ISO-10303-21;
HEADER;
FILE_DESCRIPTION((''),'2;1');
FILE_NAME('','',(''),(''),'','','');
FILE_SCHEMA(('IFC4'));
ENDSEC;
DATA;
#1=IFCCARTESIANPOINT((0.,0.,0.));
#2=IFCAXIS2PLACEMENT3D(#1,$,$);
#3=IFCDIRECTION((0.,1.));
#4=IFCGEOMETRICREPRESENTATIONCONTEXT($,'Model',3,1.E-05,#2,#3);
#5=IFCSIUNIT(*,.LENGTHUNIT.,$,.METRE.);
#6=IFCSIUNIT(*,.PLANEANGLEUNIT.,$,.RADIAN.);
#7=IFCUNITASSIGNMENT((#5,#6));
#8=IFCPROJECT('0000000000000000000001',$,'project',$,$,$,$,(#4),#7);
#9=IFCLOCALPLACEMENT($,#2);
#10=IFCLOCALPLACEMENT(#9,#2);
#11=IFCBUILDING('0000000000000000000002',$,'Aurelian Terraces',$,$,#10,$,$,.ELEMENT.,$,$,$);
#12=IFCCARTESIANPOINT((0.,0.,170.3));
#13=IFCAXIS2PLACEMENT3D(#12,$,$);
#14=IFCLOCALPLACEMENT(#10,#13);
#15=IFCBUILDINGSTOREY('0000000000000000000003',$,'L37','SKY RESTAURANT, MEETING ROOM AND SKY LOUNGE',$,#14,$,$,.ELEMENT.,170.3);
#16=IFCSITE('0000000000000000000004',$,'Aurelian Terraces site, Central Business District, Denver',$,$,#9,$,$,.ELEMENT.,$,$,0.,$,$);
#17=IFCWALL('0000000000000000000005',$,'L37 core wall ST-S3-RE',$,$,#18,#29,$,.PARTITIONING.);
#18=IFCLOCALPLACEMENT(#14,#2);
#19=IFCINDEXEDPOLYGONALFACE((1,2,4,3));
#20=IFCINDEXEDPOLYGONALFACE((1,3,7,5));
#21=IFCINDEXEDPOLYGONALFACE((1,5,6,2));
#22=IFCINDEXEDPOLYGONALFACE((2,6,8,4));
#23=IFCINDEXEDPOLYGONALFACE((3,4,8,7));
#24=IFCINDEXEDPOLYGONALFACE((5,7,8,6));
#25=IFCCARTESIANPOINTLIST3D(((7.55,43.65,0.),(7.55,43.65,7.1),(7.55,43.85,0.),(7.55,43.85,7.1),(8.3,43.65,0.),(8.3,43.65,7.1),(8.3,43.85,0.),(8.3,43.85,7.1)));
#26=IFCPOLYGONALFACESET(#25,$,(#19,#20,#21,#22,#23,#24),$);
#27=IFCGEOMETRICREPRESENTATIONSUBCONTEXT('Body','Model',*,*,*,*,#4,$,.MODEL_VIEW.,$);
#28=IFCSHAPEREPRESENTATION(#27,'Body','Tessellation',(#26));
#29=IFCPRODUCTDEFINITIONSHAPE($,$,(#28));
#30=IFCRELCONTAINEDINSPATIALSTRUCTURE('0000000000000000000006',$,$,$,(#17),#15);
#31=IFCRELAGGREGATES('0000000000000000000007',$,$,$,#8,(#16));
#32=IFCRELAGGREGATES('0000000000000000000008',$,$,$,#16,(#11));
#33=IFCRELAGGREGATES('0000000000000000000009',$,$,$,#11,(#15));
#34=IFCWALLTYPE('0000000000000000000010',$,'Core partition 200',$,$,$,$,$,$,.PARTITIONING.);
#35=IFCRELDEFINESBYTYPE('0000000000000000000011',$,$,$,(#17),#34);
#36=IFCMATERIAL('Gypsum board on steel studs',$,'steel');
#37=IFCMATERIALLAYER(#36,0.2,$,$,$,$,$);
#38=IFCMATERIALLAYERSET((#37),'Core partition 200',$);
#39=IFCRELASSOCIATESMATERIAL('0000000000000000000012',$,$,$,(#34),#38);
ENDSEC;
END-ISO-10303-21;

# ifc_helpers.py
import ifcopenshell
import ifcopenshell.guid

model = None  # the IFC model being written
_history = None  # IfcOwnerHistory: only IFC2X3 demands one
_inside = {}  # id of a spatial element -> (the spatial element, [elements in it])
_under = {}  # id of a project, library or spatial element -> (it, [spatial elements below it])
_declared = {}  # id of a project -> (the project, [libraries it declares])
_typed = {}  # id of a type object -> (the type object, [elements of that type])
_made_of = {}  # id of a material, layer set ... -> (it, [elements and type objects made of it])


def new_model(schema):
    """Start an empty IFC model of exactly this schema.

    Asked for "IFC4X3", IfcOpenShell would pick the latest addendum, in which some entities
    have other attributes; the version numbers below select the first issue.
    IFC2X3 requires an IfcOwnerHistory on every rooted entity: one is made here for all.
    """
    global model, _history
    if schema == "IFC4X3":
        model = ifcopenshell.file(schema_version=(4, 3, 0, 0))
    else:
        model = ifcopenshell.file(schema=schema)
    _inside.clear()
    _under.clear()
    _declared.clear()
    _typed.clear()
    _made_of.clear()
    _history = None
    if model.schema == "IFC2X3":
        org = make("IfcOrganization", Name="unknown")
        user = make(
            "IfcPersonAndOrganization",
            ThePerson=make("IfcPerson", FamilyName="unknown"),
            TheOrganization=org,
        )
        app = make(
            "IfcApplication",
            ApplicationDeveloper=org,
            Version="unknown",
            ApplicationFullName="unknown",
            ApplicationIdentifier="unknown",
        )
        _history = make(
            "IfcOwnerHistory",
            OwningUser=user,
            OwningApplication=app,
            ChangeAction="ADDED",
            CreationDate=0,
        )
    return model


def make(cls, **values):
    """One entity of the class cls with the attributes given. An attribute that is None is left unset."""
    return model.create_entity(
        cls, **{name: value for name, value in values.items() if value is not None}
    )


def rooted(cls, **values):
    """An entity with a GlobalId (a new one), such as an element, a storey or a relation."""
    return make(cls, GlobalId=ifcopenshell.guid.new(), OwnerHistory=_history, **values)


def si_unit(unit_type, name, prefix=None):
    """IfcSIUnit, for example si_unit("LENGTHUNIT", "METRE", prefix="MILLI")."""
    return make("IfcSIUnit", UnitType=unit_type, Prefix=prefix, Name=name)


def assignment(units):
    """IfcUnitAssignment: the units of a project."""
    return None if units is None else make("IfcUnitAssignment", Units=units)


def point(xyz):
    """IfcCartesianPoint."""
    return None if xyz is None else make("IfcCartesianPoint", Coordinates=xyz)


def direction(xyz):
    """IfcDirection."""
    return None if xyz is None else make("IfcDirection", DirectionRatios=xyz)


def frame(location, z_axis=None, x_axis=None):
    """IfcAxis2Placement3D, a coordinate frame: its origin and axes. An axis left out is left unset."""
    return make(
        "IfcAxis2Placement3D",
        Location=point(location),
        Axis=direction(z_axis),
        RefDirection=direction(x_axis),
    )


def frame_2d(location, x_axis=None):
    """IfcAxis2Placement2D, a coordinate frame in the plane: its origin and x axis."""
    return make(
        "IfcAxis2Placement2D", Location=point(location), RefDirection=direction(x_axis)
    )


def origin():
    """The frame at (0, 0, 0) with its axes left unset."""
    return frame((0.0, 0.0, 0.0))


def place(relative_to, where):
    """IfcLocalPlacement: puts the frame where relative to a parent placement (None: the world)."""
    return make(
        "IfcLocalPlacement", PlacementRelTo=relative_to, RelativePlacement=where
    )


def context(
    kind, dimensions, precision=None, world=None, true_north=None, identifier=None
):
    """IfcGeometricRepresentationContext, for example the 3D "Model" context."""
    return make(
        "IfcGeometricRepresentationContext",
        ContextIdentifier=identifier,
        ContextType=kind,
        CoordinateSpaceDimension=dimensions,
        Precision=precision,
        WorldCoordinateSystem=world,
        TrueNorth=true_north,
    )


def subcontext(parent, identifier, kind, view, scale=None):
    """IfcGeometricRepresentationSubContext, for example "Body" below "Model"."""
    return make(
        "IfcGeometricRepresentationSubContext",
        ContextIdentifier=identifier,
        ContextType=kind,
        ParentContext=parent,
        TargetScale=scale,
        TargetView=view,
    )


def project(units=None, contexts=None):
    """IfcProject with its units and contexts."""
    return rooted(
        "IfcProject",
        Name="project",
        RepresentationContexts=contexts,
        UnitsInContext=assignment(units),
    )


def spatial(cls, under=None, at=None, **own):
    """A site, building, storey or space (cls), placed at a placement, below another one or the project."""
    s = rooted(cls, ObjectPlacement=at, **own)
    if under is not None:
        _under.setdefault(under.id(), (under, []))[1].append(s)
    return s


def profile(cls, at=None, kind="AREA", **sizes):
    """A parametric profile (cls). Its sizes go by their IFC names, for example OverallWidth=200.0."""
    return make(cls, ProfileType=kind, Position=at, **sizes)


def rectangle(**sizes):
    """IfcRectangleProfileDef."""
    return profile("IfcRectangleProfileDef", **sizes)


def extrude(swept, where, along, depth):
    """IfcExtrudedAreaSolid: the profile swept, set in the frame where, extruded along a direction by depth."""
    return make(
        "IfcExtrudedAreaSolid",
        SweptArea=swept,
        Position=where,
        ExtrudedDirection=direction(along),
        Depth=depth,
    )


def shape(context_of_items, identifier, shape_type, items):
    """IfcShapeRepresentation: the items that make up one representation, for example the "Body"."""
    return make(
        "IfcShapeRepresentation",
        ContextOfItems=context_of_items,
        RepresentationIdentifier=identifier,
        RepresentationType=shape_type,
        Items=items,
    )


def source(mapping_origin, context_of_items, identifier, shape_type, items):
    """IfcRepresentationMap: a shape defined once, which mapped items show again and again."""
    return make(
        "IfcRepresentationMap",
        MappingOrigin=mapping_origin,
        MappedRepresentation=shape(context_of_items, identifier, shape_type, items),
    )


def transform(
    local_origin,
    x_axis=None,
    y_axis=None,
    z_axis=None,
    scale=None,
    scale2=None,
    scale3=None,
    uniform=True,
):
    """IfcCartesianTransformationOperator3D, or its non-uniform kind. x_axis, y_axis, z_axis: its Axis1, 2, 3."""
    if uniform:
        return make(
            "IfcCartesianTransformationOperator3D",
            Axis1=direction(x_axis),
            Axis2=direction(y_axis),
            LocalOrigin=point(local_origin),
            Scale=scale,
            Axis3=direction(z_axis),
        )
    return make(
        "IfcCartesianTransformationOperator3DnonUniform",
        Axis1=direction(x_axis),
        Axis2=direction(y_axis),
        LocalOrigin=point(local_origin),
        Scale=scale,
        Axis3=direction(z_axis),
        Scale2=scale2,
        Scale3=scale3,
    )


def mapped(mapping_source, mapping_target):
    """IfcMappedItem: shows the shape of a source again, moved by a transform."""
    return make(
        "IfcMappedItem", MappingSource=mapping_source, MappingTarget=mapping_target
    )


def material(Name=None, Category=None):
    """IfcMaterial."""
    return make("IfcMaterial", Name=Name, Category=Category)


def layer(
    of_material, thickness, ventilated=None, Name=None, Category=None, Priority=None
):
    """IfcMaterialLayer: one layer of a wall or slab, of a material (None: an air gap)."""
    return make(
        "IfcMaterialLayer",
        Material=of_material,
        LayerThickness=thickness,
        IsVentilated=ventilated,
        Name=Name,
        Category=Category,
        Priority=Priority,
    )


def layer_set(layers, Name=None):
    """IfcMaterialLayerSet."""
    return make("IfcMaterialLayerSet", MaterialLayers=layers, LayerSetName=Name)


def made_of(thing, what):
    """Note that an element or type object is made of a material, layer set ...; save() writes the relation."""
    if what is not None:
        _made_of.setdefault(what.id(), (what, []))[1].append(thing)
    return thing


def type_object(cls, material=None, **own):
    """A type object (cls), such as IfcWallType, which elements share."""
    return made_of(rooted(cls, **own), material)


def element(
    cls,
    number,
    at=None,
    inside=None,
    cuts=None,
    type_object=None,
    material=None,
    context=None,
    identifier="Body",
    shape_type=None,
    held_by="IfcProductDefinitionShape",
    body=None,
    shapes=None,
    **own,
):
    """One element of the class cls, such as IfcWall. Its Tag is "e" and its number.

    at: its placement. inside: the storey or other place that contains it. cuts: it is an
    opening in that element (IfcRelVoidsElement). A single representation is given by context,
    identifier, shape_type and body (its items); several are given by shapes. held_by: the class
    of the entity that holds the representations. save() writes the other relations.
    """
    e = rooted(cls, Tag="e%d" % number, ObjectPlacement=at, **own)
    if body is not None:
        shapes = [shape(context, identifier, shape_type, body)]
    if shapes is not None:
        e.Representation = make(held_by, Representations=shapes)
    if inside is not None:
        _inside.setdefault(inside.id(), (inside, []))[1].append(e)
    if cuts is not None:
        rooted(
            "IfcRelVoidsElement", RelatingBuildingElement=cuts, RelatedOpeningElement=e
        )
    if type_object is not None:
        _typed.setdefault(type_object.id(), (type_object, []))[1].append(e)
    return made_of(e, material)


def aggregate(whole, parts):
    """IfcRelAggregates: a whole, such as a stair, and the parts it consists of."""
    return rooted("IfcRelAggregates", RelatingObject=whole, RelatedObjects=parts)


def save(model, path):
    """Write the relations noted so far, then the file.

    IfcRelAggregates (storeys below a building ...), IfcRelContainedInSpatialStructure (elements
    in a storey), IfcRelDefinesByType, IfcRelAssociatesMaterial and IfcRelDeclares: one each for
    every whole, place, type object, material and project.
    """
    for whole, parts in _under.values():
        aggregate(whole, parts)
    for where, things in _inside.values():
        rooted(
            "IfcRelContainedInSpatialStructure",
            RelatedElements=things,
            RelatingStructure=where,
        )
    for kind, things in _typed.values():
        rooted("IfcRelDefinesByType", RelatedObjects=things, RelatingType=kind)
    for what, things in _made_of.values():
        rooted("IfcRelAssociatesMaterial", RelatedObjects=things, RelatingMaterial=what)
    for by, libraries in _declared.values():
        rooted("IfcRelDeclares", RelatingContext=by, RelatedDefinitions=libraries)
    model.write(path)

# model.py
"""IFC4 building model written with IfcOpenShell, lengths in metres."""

from ifc_helpers import new_model, si_unit, direction, frame, frame_2d, origin, place, context, subcontext, project, spatial, rectangle, extrude, source, transform, mapped, material, layer, layer_set, type_object, element, save


model = new_model("IFC4")

# Units and contexts
model_context = context("Model", 3, precision=1e-05, world=origin(), true_north=direction((0.0, 1.0)))
body_context = subcontext(model_context, "Body", "Model", "MODEL_VIEW")
ifc_project = project(units=[si_unit("LENGTHUNIT", "METRE"), si_unit("PLANEANGLEUNIT", "RADIAN")], contexts=[model_context])

# Site, building, storey
site_placement = place(None, origin())
site = spatial("IfcSite", under=ifc_project, at=site_placement, Name="Aurelian Terraces site, Central Business District, Denver", CompositionType="ELEMENT", RefElevation=0.0)
building_placement = place(site_placement, origin())
building = spatial("IfcBuilding", under=site, at=building_placement, Name="Aurelian Terraces", CompositionType="ELEMENT")
storey_placement = place(building_placement, frame((0.0, 0.0, 170.3)))
storey = spatial("IfcBuildingStorey", under=building, at=storey_placement, Name="L37", Description="SKY RESTAURANT, MEETING ROOM AND SKY LOUNGE", CompositionType="ELEMENT", Elevation=170.3)

# Shared definitions
ifc_material_1 = material(Name="Gypsum board on steel studs", Category="steel")

# Wall
ifc_layer_1 = layer(ifc_material_1, 0.2)
ifc_layer_set_1 = layer_set([ifc_layer_1], Name="Core partition 200")
wall_type_1 = type_object("IfcWallType", Name="Core partition 200", PredefinedType="PARTITIONING", material=ifc_layer_set_1)
shared_shape_1 = source(origin(), body_context, "Body", "SweptSolid", [
    extrude(rectangle(XDim=0.75, YDim=0.2, at=frame_2d((0.375, 0.0))), origin(), (0.0, 0.0, 1.0), 7.1),
])
wall_1_placement = place(storey_placement, frame((7.55, 43.75, 0.0), z_axis=(0.0, 0.0, 1.0), x_axis=(1.0, 0.0, 0.0)))
element("IfcWall", 1, at=wall_1_placement, inside=storey, type_object=wall_type_1, Name="L37 core wall ST-S3-RE", PredefinedType="PARTITIONING", context=body_context, shape_type="MappedRepresentation", body=[
    mapped(shared_shape_1, transform((0.0, 0.0, 0.0), scale=1.0)),
])

save(model, "model.ifc")
